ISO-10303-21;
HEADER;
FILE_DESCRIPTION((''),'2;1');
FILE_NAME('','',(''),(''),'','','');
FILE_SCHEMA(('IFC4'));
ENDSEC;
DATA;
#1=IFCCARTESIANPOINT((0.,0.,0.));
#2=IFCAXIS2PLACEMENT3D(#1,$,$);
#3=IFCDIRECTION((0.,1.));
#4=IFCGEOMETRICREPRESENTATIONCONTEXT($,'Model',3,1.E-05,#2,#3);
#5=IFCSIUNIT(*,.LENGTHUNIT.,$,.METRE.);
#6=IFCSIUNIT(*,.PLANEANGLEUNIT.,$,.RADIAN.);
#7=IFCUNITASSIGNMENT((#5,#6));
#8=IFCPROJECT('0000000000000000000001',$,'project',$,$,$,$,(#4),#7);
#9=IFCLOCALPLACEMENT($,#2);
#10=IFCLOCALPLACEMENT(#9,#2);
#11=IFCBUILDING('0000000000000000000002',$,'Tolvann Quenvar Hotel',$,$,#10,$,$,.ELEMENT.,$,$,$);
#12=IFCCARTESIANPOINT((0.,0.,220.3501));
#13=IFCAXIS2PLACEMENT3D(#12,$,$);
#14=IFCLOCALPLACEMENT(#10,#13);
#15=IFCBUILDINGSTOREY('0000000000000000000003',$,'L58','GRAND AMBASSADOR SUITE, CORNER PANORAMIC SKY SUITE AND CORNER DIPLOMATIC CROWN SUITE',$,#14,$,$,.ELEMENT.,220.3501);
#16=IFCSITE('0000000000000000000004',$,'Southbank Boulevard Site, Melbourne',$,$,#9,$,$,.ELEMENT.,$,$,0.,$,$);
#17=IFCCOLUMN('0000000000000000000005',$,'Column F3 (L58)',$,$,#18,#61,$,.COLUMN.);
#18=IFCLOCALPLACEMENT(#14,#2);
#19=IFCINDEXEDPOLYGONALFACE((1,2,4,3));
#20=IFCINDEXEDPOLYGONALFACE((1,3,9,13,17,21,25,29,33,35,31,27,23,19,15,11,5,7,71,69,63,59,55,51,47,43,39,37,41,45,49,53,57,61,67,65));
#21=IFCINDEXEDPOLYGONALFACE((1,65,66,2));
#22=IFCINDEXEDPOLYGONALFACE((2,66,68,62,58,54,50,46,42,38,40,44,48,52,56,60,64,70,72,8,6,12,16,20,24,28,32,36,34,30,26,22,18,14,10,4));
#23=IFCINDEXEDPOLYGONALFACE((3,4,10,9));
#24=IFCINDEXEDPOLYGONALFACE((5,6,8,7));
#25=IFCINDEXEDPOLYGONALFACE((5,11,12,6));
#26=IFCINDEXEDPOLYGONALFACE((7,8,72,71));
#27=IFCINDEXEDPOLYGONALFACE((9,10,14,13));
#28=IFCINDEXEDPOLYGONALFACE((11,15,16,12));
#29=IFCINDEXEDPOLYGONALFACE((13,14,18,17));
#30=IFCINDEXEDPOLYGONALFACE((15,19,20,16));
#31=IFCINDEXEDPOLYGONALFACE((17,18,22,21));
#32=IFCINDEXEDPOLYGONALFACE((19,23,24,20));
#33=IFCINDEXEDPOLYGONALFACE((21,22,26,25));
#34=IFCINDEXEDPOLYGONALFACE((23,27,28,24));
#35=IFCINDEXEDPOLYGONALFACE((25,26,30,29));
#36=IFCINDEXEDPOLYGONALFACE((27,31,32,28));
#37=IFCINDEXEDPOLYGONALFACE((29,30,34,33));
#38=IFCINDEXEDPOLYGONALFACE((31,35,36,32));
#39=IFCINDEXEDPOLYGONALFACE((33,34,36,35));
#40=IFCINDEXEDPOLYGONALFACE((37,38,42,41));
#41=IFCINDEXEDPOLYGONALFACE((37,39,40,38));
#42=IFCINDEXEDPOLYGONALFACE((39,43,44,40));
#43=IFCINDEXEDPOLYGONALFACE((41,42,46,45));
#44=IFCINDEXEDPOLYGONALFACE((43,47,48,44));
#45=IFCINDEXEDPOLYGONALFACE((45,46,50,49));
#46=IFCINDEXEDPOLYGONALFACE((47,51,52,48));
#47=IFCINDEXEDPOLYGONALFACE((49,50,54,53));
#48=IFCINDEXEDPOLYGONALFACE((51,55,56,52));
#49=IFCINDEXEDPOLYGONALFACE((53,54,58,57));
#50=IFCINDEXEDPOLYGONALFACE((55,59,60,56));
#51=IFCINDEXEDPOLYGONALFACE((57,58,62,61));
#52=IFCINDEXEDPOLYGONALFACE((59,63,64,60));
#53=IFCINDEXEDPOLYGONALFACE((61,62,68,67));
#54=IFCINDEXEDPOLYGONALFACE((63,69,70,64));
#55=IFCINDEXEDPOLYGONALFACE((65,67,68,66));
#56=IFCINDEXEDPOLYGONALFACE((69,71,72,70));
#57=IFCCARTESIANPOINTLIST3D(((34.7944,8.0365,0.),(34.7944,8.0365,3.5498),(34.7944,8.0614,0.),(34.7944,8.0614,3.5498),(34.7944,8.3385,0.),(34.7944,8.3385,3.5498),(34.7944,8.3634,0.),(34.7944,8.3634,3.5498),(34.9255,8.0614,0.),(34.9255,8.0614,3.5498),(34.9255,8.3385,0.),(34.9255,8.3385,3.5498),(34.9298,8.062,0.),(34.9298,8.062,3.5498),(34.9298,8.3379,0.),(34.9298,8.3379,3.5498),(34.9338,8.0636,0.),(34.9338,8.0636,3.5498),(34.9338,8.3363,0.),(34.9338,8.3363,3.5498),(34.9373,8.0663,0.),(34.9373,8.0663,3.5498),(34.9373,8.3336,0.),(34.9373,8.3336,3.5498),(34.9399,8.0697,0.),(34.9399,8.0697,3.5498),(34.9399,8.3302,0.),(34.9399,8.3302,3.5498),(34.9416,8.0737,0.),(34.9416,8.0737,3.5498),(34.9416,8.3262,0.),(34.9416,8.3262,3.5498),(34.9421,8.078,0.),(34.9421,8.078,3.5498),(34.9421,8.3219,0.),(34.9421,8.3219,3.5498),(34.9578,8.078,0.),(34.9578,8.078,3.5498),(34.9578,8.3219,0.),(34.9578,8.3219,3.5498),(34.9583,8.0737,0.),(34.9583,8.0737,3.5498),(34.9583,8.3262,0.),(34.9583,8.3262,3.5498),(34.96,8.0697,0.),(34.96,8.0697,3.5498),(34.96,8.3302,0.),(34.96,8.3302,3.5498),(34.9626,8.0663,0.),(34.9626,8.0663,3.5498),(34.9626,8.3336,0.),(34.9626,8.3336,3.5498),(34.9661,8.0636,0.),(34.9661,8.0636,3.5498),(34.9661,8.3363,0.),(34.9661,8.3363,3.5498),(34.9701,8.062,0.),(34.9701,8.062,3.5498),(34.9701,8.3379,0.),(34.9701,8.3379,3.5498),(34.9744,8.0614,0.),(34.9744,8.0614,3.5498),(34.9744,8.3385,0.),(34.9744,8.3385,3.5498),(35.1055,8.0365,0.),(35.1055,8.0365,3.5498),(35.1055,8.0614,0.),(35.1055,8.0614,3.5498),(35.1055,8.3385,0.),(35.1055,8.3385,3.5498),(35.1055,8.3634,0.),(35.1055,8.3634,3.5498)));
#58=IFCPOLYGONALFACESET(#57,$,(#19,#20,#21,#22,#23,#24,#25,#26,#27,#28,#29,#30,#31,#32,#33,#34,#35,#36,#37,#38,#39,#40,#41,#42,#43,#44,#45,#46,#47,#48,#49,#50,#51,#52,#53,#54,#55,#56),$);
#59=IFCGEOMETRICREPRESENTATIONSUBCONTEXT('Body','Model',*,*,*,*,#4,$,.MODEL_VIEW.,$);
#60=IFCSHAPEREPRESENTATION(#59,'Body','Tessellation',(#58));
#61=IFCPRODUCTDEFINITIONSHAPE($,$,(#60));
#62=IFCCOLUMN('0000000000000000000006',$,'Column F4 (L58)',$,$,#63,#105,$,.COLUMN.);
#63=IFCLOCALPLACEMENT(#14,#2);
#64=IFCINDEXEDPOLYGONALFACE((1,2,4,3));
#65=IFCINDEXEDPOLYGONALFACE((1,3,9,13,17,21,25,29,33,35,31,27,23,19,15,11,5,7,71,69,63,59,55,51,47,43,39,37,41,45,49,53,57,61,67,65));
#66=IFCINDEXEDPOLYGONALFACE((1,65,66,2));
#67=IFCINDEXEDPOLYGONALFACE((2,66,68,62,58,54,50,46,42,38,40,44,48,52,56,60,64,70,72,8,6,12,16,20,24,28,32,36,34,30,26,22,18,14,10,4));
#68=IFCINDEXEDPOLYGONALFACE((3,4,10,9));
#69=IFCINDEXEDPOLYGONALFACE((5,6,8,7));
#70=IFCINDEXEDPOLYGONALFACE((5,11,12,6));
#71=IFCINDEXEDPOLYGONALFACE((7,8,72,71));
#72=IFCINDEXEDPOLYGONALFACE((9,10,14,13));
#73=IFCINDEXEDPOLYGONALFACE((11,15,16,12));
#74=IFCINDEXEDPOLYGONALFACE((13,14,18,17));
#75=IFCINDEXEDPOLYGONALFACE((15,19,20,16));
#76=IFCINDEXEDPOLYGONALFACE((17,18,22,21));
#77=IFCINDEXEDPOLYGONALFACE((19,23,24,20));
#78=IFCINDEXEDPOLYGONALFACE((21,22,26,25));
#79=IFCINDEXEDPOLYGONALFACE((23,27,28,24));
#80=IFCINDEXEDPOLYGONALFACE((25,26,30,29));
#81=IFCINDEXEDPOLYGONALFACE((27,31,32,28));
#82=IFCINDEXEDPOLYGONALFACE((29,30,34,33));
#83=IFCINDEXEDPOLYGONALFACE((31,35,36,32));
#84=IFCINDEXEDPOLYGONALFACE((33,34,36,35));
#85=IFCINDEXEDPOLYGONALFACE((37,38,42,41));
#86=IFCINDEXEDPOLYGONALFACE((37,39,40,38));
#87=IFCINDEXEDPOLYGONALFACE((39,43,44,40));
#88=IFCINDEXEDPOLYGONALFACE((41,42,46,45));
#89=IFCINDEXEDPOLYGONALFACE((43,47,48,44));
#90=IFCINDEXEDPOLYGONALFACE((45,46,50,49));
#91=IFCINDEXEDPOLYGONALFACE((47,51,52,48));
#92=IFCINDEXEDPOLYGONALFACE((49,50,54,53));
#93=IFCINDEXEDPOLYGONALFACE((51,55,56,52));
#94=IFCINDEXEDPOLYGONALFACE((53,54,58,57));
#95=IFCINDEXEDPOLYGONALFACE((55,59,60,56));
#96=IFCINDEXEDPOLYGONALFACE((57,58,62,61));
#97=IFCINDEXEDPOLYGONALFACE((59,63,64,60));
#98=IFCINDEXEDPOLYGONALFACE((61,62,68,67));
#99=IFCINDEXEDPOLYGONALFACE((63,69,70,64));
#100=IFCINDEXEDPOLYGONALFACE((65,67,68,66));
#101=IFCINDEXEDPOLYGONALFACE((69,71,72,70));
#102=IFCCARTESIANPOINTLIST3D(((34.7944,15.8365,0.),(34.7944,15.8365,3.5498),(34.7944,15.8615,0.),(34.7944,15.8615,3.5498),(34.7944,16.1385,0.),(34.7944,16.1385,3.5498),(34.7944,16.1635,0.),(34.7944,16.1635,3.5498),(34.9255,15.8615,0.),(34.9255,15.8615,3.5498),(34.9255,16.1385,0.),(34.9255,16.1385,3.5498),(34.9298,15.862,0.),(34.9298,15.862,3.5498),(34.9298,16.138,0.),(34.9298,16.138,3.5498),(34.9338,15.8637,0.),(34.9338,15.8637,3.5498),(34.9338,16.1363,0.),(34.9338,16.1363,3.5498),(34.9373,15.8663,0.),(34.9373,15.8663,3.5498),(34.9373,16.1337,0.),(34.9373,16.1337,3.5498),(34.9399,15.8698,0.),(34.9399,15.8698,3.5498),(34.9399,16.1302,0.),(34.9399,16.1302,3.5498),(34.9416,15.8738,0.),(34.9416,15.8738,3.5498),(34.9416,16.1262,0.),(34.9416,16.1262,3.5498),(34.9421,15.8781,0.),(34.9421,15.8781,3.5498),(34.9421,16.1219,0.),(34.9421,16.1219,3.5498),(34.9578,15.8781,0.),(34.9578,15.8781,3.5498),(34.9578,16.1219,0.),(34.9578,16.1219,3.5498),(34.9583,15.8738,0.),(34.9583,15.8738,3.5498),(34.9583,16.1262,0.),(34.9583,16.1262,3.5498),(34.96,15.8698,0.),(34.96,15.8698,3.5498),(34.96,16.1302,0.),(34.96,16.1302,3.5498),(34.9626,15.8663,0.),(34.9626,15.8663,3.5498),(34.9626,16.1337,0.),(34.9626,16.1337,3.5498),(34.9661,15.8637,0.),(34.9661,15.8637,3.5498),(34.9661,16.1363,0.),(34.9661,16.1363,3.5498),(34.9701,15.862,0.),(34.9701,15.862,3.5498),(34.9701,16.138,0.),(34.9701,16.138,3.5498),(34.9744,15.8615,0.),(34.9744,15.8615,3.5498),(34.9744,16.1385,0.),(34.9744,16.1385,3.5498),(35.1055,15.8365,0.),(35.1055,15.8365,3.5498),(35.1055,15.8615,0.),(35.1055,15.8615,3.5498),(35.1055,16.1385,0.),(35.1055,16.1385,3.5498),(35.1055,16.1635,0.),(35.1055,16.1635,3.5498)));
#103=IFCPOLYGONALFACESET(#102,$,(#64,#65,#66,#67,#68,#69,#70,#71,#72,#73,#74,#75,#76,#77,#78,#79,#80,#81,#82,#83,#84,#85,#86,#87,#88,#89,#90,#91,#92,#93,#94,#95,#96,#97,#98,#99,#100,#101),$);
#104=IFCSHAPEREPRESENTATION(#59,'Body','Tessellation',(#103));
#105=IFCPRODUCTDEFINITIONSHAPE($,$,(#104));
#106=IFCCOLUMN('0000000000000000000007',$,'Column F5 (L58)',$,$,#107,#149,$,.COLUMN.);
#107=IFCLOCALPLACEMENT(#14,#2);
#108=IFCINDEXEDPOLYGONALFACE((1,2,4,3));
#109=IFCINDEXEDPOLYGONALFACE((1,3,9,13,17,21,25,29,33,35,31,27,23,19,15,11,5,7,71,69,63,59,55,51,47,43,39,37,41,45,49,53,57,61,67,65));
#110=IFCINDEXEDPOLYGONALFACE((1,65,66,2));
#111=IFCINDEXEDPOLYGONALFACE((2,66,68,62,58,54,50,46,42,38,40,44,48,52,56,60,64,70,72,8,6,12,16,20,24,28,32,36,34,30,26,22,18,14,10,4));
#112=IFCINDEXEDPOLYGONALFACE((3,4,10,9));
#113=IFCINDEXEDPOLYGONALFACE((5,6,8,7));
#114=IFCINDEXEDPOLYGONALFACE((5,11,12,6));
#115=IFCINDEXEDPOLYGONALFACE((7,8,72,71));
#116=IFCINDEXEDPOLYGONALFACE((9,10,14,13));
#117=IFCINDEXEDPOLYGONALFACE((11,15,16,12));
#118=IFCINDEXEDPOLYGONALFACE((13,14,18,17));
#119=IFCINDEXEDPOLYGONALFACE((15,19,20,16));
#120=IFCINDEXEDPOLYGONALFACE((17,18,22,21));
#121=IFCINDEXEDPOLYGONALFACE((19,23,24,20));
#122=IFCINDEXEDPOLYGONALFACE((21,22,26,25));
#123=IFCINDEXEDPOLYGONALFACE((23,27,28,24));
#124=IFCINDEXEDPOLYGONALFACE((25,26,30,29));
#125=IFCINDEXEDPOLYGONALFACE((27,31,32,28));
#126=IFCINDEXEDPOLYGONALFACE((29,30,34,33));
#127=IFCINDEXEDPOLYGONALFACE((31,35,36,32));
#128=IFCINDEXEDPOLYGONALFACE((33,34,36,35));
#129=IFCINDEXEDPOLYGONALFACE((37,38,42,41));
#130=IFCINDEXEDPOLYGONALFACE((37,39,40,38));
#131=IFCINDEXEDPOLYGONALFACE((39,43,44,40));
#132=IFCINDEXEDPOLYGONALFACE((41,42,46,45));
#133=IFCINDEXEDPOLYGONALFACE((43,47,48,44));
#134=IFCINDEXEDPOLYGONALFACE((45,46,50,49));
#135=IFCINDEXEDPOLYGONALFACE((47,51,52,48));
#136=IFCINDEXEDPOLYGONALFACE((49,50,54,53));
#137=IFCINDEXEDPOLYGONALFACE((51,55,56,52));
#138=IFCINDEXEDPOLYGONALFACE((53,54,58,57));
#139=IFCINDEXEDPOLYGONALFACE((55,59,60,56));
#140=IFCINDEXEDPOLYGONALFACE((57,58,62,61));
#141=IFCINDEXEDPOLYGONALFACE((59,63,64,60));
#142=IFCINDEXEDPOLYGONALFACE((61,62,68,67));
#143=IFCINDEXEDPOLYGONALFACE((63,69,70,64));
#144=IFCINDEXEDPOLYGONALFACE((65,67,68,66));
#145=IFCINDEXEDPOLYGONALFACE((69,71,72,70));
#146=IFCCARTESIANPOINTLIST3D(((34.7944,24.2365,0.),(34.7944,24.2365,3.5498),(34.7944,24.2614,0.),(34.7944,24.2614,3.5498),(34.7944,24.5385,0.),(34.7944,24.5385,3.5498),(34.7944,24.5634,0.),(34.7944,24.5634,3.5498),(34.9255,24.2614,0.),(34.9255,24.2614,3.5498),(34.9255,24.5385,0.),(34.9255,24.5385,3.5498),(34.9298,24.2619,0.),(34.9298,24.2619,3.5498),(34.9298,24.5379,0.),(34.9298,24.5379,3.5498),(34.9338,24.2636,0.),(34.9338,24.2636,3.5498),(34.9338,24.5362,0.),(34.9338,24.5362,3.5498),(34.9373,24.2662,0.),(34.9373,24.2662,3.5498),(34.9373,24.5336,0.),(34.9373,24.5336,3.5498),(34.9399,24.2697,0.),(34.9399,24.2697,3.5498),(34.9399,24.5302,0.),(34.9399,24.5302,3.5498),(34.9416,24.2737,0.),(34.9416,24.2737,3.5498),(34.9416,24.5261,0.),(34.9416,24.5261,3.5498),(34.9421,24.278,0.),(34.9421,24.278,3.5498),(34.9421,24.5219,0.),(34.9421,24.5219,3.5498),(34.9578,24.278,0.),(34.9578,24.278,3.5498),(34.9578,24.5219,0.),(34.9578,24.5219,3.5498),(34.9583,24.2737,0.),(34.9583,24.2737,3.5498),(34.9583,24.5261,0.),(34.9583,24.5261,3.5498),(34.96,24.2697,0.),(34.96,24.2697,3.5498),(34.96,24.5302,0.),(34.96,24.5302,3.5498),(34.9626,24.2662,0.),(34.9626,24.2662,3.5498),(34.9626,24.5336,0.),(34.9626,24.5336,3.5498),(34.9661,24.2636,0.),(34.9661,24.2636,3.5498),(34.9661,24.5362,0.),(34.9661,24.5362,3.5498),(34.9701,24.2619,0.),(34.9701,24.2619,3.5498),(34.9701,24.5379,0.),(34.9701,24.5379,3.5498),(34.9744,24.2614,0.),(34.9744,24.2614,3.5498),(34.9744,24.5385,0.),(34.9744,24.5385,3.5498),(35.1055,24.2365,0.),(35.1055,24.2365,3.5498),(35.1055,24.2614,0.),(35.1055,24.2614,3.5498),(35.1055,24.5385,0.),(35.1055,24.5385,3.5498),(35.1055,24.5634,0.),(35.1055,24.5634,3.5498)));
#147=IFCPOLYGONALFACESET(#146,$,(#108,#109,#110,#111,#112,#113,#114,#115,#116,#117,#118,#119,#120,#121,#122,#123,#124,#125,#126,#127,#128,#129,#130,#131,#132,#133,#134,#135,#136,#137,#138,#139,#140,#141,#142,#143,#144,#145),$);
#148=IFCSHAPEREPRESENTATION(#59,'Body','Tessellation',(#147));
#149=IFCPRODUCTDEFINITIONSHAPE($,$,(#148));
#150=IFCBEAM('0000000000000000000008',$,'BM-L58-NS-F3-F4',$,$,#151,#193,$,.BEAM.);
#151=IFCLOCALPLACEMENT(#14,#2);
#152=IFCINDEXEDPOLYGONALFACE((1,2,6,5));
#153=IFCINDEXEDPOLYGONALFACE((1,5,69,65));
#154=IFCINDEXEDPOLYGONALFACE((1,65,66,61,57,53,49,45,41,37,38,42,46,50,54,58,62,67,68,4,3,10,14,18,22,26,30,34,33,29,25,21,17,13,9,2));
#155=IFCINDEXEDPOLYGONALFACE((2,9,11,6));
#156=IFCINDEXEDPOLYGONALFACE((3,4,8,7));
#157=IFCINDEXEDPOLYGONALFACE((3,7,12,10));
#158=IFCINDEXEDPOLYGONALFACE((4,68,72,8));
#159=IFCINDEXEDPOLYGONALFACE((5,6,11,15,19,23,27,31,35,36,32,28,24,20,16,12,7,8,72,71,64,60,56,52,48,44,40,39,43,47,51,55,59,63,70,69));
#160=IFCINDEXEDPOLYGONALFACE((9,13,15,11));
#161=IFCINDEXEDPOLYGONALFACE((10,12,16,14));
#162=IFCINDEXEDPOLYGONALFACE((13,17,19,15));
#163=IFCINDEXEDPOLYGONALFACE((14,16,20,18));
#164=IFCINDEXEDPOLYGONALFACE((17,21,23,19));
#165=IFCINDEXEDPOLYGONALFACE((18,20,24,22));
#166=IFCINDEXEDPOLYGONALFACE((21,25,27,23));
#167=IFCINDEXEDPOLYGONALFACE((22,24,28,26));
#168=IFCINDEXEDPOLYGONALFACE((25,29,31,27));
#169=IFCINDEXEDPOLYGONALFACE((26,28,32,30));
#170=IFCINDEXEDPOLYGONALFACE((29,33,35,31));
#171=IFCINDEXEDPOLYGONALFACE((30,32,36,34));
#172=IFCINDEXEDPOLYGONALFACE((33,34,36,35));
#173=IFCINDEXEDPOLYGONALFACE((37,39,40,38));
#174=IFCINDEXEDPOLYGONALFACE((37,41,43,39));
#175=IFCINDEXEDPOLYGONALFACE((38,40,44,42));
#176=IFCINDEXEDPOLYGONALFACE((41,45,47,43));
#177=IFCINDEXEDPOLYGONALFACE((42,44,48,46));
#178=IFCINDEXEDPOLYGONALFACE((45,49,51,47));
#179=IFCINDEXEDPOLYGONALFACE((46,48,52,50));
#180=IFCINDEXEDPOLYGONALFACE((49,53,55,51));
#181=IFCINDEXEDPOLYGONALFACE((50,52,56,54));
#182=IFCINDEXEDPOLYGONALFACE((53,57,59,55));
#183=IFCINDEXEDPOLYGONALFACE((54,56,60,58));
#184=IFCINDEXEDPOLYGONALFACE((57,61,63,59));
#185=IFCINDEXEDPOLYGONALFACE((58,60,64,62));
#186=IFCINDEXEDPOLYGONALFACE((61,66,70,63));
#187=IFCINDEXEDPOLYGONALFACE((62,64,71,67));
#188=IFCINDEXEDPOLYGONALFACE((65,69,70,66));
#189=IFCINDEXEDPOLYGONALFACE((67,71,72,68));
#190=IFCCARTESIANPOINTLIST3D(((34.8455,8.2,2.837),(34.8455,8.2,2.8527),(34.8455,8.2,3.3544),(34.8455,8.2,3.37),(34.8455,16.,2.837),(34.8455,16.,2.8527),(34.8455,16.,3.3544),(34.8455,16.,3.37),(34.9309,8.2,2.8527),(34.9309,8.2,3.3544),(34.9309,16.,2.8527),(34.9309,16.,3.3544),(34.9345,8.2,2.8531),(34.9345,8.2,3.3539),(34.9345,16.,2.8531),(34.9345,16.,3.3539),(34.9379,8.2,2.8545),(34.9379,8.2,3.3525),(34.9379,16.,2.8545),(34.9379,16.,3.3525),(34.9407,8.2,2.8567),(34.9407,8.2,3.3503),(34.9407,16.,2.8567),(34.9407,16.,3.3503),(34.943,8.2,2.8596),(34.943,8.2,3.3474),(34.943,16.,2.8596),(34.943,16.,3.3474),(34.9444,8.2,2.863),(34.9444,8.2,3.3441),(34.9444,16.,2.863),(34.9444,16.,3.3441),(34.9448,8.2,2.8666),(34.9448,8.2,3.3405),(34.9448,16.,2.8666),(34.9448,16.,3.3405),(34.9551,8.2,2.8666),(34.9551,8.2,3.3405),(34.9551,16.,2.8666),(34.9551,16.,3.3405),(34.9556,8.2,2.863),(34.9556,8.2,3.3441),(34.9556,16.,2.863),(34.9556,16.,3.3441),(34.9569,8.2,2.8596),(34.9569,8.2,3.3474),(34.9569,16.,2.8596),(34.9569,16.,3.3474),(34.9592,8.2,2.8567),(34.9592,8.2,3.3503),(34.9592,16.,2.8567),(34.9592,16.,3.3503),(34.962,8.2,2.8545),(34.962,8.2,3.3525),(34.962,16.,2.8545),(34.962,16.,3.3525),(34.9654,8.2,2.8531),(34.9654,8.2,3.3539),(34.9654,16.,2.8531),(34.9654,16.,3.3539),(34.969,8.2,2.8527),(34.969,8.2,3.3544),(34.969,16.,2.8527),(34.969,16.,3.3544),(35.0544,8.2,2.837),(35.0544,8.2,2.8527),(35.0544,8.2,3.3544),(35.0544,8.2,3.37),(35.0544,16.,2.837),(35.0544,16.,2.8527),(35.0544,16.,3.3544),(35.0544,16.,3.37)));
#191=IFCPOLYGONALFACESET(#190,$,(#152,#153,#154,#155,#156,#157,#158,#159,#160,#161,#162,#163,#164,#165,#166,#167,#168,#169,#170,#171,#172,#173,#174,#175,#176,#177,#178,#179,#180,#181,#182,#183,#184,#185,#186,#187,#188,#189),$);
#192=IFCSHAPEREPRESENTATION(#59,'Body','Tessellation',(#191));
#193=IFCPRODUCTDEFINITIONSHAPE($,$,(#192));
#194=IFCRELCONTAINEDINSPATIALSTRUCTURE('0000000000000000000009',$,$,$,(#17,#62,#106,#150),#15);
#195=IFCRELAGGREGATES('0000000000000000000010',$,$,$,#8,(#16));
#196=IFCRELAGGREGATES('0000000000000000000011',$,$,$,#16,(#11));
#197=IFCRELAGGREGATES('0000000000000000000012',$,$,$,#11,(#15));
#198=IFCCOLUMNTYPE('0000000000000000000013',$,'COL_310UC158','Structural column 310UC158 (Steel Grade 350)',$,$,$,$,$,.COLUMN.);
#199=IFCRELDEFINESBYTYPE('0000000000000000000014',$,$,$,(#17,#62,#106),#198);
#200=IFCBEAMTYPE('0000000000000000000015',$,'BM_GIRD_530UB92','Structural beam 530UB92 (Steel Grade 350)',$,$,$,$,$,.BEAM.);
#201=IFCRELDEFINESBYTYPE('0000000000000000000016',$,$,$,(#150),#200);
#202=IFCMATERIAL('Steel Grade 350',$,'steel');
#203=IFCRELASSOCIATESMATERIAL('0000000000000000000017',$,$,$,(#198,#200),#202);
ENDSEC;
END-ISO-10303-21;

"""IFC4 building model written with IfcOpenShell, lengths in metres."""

from ifc_helpers import new_model, si_unit, direction, frame, origin, origin_2d, place, context, subcontext, project, spatial, i_section, extrude, source, transform, mapped, material, material_profile, profile_set, type_object, type_shapes, element, save


model = new_model("IFC4")

# Units and contexts
model_context = context("Model", 3, precision=1e-05, world=origin(), true_north=direction((0.0, 1.0)))
body_context = subcontext(model_context, "Body", "Model", "MODEL_VIEW")
ifc_project = project(units=[si_unit("LENGTHUNIT", "METRE"), si_unit("PLANEANGLEUNIT", "RADIAN")], contexts=[model_context])

# Site, building, storey
site_placement = place(None, origin())
site = spatial("IfcSite", under=ifc_project, at=site_placement, Name="Southbank Boulevard Site, Melbourne", CompositionType="ELEMENT", RefElevation=0.0)
building_placement = place(site_placement, origin())
building = spatial("IfcBuilding", under=site, at=building_placement, Name="Tolvann Quenvar Hotel", CompositionType="ELEMENT")
storey_placement = place(building_placement, frame((0.0, 0.0, 220.3501)))
storey = spatial("IfcBuildingStorey", under=building, at=storey_placement, Name="L58", Description="GRAND AMBASSADOR SUITE, CORNER PANORAMIC SKY SUITE AND CORNER DIPLOMATIC CROWN SUITE", CompositionType="ELEMENT", Elevation=220.3501)

# Columns
ifc_material_1 = material(Name="Steel Grade 350", Category="steel")
ifc_material_profile_1 = material_profile(ifc_material_1, i_section(OverallWidth=0.311, OverallDepth=0.3269, WebThickness=0.0156, FlangeThickness=0.0249, FilletRadius=0.0166, at=origin_2d()), Name="310UC158")
ifc_profile_set_1 = profile_set([ifc_material_profile_1], Name="Steel Grade 350")
column_type_1 = type_object("IfcColumnType", Name="COL_310UC158", Description="Structural column 310UC158 (Steel Grade 350)", PredefinedType="COLUMN", material=ifc_profile_set_1)
shared_shape_1 = source(origin(), body_context, "Body", "SweptSolid", [
    extrude(i_section(OverallWidth=0.311, OverallDepth=0.3269, WebThickness=0.0156, FlangeThickness=0.0249, FilletRadius=0.0166, at=origin_2d()), origin(), (0.0, 0.0, 1.0), 3.5498),
])
type_shapes(column_type_1, [shared_shape_1])
for number, where, z_axis, x_axis, name in (
    (1, (34.95, 8.2, 0.0), (0.0, 0.0, 1.0), (1.0, 0.0, 0.0), "Column F3 (L58)"),
    (2, (34.95, 16.0, 0.0), (0.0, 0.0, 1.0), (1.0, 0.0, 0.0), "Column F4 (L58)"),
    (3, (34.95, 24.3999, 0.0), (0.0, 0.0, 1.0), (1.0, 0.0, 0.0), "Column F5 (L58)"),
):
    element("IfcColumn", number, at=place(storey_placement, frame(where, z_axis=z_axis, x_axis=x_axis)), inside=storey, type_object=column_type_1, Name=name, PredefinedType="COLUMN", context=body_context, shape_type="MappedRepresentation", body=[
        mapped(shared_shape_1, transform((0.0, 0.0, 0.0), x_axis=(1.0, 0.0, 0.0), y_axis=(0.0, 1.0, 0.0), z_axis=(0.0, 0.0, 1.0), scale=1.0)),
    ])

# Beam
ifc_material_profile_2 = material_profile(ifc_material_1, i_section(OverallWidth=0.209, OverallDepth=0.533, WebThickness=0.0103, FlangeThickness=0.0156, FilletRadius=0.0139, at=origin_2d()), Name="530UB92")
ifc_profile_set_2 = profile_set([ifc_material_profile_2], Name="Steel Grade 350")
beam_type_1 = type_object("IfcBeamType", Name="BM_GIRD_530UB92", Description="Structural beam 530UB92 (Steel Grade 350)", PredefinedType="BEAM", material=ifc_profile_set_2)
shared_shape_2 = source(origin(), body_context, "Body", "SweptSolid", [
    extrude(i_section(OverallWidth=0.209, OverallDepth=0.533, WebThickness=0.0103, FlangeThickness=0.0156, FilletRadius=0.0139, at=origin_2d()), origin(), (0.0, 0.0, 1.0), 7.8),
])
for number, where, z_axis, x_axis, name in (
    (4, (34.95, 8.2, 3.1035), (0.0, 1.0, 0.0), (-1.0, 0.0, 0.0), "BM-L58-NS-F3-F4"),
):
    element("IfcBeam", number, at=place(storey_placement, frame(where, z_axis=z_axis, x_axis=x_axis)), inside=storey, type_object=beam_type_1, Name=name, PredefinedType="BEAM", context=body_context, shape_type="MappedRepresentation", body=[
        mapped(shared_shape_2, transform((0.0, 0.0, 0.0), x_axis=(1.0, 0.0, 0.0), y_axis=(0.0, 1.0, 0.0), z_axis=(0.0, 0.0, 1.0), scale=1.0)),
    ])

save(model, "model.ifc")
